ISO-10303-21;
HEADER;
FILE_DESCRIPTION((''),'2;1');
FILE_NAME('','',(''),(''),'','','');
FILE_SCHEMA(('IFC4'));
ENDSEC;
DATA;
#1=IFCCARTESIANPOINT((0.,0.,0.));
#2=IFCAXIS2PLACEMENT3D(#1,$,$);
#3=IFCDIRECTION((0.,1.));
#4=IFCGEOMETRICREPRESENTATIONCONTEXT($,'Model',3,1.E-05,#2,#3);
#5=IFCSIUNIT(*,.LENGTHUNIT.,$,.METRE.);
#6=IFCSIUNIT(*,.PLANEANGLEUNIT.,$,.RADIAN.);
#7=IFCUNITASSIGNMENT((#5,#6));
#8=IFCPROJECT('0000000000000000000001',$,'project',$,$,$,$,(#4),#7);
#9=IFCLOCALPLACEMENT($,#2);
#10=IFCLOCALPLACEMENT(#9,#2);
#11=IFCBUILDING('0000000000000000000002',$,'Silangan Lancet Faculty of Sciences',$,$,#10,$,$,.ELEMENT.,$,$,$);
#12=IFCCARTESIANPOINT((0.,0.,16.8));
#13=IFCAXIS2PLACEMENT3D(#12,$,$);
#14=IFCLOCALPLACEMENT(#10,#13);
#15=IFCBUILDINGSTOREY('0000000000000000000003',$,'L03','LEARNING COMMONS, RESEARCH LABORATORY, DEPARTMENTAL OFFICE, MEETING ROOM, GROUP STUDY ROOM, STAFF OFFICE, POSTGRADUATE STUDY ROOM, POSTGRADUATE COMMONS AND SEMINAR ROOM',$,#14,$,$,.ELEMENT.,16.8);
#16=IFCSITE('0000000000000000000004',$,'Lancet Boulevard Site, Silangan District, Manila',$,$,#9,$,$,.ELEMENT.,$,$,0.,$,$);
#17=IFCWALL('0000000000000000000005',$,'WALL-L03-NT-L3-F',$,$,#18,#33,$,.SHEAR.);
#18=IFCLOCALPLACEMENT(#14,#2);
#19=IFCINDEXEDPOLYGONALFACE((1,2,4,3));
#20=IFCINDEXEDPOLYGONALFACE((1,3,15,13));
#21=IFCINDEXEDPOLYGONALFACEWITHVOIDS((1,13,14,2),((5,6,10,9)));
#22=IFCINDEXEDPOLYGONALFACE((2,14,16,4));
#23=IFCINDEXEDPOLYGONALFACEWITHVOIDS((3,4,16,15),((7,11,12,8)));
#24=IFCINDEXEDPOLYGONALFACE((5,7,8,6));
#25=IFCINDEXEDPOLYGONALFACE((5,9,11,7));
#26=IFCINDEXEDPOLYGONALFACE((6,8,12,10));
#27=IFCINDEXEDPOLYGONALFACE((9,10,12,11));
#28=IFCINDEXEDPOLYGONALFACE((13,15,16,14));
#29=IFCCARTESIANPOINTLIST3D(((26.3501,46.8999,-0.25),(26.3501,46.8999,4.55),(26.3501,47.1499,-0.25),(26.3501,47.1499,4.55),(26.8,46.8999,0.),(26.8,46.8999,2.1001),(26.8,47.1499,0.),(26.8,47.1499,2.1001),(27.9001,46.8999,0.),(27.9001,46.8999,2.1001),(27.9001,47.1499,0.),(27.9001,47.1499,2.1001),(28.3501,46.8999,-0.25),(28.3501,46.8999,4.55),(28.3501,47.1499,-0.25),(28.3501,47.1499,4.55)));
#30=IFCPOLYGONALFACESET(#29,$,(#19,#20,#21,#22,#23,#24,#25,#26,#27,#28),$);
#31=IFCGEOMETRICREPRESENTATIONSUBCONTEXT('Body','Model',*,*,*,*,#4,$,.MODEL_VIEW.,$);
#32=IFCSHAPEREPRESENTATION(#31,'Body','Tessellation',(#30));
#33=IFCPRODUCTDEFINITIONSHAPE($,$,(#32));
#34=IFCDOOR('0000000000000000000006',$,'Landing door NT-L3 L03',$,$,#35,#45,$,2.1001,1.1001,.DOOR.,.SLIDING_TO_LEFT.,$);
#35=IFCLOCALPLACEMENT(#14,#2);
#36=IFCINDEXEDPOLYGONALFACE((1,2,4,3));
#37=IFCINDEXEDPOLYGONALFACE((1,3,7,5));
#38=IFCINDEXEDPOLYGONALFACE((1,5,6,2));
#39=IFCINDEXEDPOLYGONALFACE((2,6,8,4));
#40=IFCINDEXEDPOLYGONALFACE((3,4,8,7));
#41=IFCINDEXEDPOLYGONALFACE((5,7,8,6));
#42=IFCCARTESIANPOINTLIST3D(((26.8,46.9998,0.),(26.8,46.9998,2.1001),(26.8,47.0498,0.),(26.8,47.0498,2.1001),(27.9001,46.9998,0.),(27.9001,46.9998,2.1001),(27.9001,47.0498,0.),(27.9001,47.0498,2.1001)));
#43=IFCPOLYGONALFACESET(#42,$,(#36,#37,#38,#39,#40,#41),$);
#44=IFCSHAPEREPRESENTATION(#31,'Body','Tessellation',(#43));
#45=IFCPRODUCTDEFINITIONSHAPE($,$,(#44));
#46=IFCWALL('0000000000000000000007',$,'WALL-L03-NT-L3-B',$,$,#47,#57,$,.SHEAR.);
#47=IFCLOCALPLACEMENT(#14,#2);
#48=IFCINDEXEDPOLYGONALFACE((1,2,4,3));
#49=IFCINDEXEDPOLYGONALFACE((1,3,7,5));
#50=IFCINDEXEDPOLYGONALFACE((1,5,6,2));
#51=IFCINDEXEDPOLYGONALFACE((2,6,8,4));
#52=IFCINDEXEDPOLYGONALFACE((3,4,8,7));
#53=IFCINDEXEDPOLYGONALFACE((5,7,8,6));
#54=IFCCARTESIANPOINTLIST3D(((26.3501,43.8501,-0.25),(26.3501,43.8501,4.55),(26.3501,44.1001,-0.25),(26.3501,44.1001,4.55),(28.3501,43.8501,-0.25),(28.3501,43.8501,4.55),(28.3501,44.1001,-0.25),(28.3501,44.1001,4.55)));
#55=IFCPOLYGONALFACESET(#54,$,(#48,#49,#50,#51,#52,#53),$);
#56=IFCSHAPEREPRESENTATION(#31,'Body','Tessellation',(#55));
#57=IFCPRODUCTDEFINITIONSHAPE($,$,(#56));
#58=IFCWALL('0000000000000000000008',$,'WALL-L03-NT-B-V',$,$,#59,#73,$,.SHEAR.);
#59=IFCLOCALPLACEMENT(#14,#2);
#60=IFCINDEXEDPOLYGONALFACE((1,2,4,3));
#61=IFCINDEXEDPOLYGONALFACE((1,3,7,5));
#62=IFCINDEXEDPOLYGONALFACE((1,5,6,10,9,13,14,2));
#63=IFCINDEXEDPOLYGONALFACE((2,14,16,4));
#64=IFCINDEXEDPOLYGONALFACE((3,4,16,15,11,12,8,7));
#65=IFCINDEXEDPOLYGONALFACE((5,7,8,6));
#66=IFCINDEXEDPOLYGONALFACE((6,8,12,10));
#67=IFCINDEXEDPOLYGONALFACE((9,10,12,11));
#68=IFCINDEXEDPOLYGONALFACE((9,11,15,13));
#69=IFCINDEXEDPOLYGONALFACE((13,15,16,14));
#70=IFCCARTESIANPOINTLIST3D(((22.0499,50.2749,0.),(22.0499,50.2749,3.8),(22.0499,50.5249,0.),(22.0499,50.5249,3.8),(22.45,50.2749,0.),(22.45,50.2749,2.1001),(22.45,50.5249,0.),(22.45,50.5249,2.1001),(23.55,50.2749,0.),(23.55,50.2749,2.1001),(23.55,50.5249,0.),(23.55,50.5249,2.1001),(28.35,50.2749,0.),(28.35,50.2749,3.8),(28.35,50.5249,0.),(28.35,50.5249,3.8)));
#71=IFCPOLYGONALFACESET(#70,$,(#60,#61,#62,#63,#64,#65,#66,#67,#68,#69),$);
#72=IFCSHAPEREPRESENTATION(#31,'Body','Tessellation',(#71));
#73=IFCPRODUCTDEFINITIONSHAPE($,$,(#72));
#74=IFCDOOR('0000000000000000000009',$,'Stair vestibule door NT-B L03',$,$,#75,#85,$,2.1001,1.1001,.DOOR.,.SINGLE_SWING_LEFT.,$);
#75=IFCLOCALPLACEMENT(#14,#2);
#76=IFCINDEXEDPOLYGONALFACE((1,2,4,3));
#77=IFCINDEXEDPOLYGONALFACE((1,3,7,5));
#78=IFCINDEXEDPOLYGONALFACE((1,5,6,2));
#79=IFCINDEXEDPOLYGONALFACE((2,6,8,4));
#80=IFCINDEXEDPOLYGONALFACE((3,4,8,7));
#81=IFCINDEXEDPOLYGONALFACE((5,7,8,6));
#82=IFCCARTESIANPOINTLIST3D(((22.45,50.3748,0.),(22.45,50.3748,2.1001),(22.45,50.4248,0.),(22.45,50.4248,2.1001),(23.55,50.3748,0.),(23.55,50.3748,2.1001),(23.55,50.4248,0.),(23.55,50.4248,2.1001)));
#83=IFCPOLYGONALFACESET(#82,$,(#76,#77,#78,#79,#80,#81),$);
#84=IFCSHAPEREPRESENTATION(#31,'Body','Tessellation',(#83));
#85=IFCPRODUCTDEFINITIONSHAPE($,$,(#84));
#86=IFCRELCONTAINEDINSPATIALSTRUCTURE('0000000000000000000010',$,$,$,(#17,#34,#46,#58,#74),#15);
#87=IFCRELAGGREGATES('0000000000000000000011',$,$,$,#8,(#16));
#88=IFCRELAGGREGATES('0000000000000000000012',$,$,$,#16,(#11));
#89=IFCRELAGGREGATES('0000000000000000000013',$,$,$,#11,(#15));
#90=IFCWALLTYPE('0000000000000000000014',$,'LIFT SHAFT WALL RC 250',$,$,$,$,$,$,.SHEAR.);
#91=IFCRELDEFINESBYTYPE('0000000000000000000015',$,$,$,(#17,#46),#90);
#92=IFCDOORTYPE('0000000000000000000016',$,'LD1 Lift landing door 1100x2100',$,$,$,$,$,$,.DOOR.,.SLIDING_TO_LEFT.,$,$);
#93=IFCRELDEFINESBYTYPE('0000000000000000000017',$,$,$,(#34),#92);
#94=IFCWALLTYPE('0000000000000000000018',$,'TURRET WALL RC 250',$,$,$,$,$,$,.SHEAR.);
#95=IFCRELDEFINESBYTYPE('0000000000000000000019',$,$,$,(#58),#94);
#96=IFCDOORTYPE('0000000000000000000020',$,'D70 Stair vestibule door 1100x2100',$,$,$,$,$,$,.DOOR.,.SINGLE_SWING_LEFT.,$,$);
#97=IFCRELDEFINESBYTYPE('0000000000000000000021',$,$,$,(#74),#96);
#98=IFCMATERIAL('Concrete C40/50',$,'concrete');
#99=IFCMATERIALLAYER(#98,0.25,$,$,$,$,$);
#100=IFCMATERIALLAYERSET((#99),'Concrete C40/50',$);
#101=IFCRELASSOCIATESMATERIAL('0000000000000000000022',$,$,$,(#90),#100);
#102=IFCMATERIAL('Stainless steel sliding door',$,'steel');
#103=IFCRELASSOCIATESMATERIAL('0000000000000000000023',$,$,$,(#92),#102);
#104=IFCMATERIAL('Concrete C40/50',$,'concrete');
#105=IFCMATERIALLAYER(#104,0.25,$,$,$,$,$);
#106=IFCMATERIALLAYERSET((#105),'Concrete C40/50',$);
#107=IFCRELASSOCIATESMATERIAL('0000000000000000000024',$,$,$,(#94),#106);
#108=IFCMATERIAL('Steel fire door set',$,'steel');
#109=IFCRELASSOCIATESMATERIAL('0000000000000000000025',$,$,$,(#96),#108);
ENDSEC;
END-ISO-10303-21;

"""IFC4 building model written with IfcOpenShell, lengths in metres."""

from ifc_helpers import new_model, si_unit, direction, frame, frame_2d, origin, place, context, subcontext, project, spatial, rectangle, extrude, material, layer, layer_set, type_object, element, fill, save


model = new_model("IFC4")

# Units and contexts
model_context = context("Model", 3, precision=1e-05, world=origin(), true_north=direction((0.0, 1.0)))
body_context = subcontext(model_context, "Body", "Model", "MODEL_VIEW")
ifc_project = project(units=[si_unit("LENGTHUNIT", "METRE"), si_unit("PLANEANGLEUNIT", "RADIAN")], contexts=[model_context])

# Site, building, storey
site_placement = place(None, origin())
site = spatial("IfcSite", under=ifc_project, at=site_placement, Name="Lancet Boulevard Site, Silangan District, Manila", CompositionType="ELEMENT", RefElevation=0.0)
building_placement = place(site_placement, origin())
building = spatial("IfcBuilding", under=site, at=building_placement, Name="Silangan Lancet Faculty of Sciences", CompositionType="ELEMENT")
storey_placement = place(building_placement, frame((0.0, 0.0, 16.8)))
storey = spatial("IfcBuildingStorey", under=building, at=storey_placement, Name="L03", Description="LEARNING COMMONS, RESEARCH LABORATORY, DEPARTMENTAL OFFICE, MEETING ROOM, GROUP STUDY ROOM, STAFF OFFICE, POSTGRADUATE STUDY ROOM, POSTGRADUATE COMMONS AND SEMINAR ROOM", CompositionType="ELEMENT", Elevation=16.8)

# Shared definitions
ifc_material_1 = material(Name="Concrete C40/50", Category="concrete")
ifc_layer_1 = layer(ifc_material_1, 0.25)
ifc_layer_set_1 = layer_set([ifc_layer_1], Name="Concrete C40/50")
wall_type_1 = type_object("IfcWallType", Name="LIFT SHAFT WALL RC 250", PredefinedType="SHEAR", material=ifc_layer_set_1)

# Shared definitions
ifc_material_2 = material(Name="Stainless steel sliding door", Category="steel")
door_type_1 = type_object("IfcDoorType", Name="LD1 Lift landing door 1100x2100", OperationType="SLIDING_TO_LEFT", PredefinedType="DOOR", material=ifc_material_2)

# Wall, opening, door
wall_1_placement = place(storey_placement, frame((26.3501, 47.0249, -0.25), z_axis=(0.0, 0.0, 1.0), x_axis=(1.0, 0.0, 0.0)))
wall_1 = element("IfcWall", 1, at=wall_1_placement, inside=storey, type_object=wall_type_1, Name="WALL-L03-NT-L3-F", PredefinedType="SHEAR", context=body_context, shape_type="SweptSolid", body=[
    extrude(rectangle(XDim=2.0, YDim=0.25, at=frame_2d((1.0, 0.0))), origin(), (0.0, 0.0, 1.0), 4.8),
])
opening_1_placement = place(wall_1_placement, frame((0.45, 0.0, 0.25)))
opening_1 = element("IfcOpeningElement", 2, at=opening_1_placement, cuts=wall_1, PredefinedType="OPENING", context=body_context, shape_type="SweptSolid", body=[
    extrude(rectangle(XDim=1.1001, YDim=2.1001, at=frame_2d((0.55, 1.05))), frame((0.0, 0.135, 0.0), z_axis=(0.0, -1.0, 0.0), x_axis=(1.0, 0.0, 0.0)), (0.0, 0.0, 1.0), 0.27),
])
door_1_placement = place(opening_1_placement, origin())
door_1 = element("IfcDoor", 3, at=door_1_placement, inside=storey, type_object=door_type_1, Name="Landing door NT-L3 L03", OperationType="SLIDING_TO_LEFT", OverallHeight=2.1001, OverallWidth=1.1001, PredefinedType="DOOR", context=body_context, shape_type="SweptSolid", body=[
    extrude(rectangle(XDim=1.1001, YDim=2.1001, at=frame_2d((0.55, 1.05))), frame((0.0, 0.0249, 0.0), z_axis=(0.0, -1.0, 0.0), x_axis=(1.0, 0.0, 0.0)), (0.0, 0.0, 1.0), 0.05),
])
fill(opening_1, door_1)

# Wall
wall_2_placement = place(storey_placement, frame((26.3501, 43.9751, -0.25), z_axis=(0.0, 0.0, 1.0), x_axis=(1.0, 0.0, 0.0)))
element("IfcWall", 4, at=wall_2_placement, inside=storey, type_object=wall_type_1, Name="WALL-L03-NT-L3-B", PredefinedType="SHEAR", context=body_context, shape_type="SweptSolid", body=[
    extrude(rectangle(XDim=2.0, YDim=0.25, at=frame_2d((1.0, 0.0))), origin(), (0.0, 0.0, 1.0), 4.8),
])

# Wall, opening, door
ifc_material_3 = material(Name="Concrete C40/50", Category="concrete")
ifc_layer_2 = layer(ifc_material_3, 0.25)
ifc_layer_set_2 = layer_set([ifc_layer_2], Name="Concrete C40/50")
wall_type_2 = type_object("IfcWallType", Name="TURRET WALL RC 250", PredefinedType="SHEAR", material=ifc_layer_set_2)
wall_3_placement = place(storey_placement, frame((22.05, 50.3999, 0.0), z_axis=(0.0, 0.0, 1.0), x_axis=(1.0, 0.0, 0.0)))
wall_3 = element("IfcWall", 5, at=wall_3_placement, inside=storey, type_object=wall_type_2, Name="WALL-L03-NT-B-V", PredefinedType="SHEAR", context=body_context, shape_type="SweptSolid", body=[
    extrude(rectangle(XDim=6.3, YDim=0.25, at=frame_2d((3.1499, 0.0))), origin(), (0.0, 0.0, 1.0), 3.8),
])
opening_2_placement = place(wall_3_placement, frame((0.3999, 0.0, 0.0)))
opening_2 = element("IfcOpeningElement", 6, at=opening_2_placement, cuts=wall_3, PredefinedType="OPENING", context=body_context, shape_type="SweptSolid", body=[
    extrude(rectangle(XDim=1.1001, YDim=2.1001, at=frame_2d((0.55, 1.05))), frame((0.0, 0.135, 0.0), z_axis=(0.0, -1.0, 0.0), x_axis=(1.0, 0.0, 0.0)), (0.0, 0.0, 1.0), 0.27),
])
ifc_material_4 = material(Name="Steel fire door set", Category="steel")
door_type_2 = type_object("IfcDoorType", Name="D70 Stair vestibule door 1100x2100", OperationType="SINGLE_SWING_LEFT", PredefinedType="DOOR", material=ifc_material_4)
door_2_placement = place(opening_2_placement, origin())
door_2 = element("IfcDoor", 7, at=door_2_placement, inside=storey, type_object=door_type_2, Name="Stair vestibule door NT-B L03", OperationType="SINGLE_SWING_LEFT", OverallHeight=2.1001, OverallWidth=1.1001, PredefinedType="DOOR", context=body_context, shape_type="SweptSolid", body=[
    extrude(rectangle(XDim=1.1001, YDim=2.1001, at=frame_2d((0.55, 1.05))), frame((0.0, 0.0249, 0.0), z_axis=(0.0, -1.0, 0.0), x_axis=(1.0, 0.0, 0.0)), (0.0, 0.0, 1.0), 0.05),
])
fill(opening_2, door_2)

save(model, "model.ifc")
